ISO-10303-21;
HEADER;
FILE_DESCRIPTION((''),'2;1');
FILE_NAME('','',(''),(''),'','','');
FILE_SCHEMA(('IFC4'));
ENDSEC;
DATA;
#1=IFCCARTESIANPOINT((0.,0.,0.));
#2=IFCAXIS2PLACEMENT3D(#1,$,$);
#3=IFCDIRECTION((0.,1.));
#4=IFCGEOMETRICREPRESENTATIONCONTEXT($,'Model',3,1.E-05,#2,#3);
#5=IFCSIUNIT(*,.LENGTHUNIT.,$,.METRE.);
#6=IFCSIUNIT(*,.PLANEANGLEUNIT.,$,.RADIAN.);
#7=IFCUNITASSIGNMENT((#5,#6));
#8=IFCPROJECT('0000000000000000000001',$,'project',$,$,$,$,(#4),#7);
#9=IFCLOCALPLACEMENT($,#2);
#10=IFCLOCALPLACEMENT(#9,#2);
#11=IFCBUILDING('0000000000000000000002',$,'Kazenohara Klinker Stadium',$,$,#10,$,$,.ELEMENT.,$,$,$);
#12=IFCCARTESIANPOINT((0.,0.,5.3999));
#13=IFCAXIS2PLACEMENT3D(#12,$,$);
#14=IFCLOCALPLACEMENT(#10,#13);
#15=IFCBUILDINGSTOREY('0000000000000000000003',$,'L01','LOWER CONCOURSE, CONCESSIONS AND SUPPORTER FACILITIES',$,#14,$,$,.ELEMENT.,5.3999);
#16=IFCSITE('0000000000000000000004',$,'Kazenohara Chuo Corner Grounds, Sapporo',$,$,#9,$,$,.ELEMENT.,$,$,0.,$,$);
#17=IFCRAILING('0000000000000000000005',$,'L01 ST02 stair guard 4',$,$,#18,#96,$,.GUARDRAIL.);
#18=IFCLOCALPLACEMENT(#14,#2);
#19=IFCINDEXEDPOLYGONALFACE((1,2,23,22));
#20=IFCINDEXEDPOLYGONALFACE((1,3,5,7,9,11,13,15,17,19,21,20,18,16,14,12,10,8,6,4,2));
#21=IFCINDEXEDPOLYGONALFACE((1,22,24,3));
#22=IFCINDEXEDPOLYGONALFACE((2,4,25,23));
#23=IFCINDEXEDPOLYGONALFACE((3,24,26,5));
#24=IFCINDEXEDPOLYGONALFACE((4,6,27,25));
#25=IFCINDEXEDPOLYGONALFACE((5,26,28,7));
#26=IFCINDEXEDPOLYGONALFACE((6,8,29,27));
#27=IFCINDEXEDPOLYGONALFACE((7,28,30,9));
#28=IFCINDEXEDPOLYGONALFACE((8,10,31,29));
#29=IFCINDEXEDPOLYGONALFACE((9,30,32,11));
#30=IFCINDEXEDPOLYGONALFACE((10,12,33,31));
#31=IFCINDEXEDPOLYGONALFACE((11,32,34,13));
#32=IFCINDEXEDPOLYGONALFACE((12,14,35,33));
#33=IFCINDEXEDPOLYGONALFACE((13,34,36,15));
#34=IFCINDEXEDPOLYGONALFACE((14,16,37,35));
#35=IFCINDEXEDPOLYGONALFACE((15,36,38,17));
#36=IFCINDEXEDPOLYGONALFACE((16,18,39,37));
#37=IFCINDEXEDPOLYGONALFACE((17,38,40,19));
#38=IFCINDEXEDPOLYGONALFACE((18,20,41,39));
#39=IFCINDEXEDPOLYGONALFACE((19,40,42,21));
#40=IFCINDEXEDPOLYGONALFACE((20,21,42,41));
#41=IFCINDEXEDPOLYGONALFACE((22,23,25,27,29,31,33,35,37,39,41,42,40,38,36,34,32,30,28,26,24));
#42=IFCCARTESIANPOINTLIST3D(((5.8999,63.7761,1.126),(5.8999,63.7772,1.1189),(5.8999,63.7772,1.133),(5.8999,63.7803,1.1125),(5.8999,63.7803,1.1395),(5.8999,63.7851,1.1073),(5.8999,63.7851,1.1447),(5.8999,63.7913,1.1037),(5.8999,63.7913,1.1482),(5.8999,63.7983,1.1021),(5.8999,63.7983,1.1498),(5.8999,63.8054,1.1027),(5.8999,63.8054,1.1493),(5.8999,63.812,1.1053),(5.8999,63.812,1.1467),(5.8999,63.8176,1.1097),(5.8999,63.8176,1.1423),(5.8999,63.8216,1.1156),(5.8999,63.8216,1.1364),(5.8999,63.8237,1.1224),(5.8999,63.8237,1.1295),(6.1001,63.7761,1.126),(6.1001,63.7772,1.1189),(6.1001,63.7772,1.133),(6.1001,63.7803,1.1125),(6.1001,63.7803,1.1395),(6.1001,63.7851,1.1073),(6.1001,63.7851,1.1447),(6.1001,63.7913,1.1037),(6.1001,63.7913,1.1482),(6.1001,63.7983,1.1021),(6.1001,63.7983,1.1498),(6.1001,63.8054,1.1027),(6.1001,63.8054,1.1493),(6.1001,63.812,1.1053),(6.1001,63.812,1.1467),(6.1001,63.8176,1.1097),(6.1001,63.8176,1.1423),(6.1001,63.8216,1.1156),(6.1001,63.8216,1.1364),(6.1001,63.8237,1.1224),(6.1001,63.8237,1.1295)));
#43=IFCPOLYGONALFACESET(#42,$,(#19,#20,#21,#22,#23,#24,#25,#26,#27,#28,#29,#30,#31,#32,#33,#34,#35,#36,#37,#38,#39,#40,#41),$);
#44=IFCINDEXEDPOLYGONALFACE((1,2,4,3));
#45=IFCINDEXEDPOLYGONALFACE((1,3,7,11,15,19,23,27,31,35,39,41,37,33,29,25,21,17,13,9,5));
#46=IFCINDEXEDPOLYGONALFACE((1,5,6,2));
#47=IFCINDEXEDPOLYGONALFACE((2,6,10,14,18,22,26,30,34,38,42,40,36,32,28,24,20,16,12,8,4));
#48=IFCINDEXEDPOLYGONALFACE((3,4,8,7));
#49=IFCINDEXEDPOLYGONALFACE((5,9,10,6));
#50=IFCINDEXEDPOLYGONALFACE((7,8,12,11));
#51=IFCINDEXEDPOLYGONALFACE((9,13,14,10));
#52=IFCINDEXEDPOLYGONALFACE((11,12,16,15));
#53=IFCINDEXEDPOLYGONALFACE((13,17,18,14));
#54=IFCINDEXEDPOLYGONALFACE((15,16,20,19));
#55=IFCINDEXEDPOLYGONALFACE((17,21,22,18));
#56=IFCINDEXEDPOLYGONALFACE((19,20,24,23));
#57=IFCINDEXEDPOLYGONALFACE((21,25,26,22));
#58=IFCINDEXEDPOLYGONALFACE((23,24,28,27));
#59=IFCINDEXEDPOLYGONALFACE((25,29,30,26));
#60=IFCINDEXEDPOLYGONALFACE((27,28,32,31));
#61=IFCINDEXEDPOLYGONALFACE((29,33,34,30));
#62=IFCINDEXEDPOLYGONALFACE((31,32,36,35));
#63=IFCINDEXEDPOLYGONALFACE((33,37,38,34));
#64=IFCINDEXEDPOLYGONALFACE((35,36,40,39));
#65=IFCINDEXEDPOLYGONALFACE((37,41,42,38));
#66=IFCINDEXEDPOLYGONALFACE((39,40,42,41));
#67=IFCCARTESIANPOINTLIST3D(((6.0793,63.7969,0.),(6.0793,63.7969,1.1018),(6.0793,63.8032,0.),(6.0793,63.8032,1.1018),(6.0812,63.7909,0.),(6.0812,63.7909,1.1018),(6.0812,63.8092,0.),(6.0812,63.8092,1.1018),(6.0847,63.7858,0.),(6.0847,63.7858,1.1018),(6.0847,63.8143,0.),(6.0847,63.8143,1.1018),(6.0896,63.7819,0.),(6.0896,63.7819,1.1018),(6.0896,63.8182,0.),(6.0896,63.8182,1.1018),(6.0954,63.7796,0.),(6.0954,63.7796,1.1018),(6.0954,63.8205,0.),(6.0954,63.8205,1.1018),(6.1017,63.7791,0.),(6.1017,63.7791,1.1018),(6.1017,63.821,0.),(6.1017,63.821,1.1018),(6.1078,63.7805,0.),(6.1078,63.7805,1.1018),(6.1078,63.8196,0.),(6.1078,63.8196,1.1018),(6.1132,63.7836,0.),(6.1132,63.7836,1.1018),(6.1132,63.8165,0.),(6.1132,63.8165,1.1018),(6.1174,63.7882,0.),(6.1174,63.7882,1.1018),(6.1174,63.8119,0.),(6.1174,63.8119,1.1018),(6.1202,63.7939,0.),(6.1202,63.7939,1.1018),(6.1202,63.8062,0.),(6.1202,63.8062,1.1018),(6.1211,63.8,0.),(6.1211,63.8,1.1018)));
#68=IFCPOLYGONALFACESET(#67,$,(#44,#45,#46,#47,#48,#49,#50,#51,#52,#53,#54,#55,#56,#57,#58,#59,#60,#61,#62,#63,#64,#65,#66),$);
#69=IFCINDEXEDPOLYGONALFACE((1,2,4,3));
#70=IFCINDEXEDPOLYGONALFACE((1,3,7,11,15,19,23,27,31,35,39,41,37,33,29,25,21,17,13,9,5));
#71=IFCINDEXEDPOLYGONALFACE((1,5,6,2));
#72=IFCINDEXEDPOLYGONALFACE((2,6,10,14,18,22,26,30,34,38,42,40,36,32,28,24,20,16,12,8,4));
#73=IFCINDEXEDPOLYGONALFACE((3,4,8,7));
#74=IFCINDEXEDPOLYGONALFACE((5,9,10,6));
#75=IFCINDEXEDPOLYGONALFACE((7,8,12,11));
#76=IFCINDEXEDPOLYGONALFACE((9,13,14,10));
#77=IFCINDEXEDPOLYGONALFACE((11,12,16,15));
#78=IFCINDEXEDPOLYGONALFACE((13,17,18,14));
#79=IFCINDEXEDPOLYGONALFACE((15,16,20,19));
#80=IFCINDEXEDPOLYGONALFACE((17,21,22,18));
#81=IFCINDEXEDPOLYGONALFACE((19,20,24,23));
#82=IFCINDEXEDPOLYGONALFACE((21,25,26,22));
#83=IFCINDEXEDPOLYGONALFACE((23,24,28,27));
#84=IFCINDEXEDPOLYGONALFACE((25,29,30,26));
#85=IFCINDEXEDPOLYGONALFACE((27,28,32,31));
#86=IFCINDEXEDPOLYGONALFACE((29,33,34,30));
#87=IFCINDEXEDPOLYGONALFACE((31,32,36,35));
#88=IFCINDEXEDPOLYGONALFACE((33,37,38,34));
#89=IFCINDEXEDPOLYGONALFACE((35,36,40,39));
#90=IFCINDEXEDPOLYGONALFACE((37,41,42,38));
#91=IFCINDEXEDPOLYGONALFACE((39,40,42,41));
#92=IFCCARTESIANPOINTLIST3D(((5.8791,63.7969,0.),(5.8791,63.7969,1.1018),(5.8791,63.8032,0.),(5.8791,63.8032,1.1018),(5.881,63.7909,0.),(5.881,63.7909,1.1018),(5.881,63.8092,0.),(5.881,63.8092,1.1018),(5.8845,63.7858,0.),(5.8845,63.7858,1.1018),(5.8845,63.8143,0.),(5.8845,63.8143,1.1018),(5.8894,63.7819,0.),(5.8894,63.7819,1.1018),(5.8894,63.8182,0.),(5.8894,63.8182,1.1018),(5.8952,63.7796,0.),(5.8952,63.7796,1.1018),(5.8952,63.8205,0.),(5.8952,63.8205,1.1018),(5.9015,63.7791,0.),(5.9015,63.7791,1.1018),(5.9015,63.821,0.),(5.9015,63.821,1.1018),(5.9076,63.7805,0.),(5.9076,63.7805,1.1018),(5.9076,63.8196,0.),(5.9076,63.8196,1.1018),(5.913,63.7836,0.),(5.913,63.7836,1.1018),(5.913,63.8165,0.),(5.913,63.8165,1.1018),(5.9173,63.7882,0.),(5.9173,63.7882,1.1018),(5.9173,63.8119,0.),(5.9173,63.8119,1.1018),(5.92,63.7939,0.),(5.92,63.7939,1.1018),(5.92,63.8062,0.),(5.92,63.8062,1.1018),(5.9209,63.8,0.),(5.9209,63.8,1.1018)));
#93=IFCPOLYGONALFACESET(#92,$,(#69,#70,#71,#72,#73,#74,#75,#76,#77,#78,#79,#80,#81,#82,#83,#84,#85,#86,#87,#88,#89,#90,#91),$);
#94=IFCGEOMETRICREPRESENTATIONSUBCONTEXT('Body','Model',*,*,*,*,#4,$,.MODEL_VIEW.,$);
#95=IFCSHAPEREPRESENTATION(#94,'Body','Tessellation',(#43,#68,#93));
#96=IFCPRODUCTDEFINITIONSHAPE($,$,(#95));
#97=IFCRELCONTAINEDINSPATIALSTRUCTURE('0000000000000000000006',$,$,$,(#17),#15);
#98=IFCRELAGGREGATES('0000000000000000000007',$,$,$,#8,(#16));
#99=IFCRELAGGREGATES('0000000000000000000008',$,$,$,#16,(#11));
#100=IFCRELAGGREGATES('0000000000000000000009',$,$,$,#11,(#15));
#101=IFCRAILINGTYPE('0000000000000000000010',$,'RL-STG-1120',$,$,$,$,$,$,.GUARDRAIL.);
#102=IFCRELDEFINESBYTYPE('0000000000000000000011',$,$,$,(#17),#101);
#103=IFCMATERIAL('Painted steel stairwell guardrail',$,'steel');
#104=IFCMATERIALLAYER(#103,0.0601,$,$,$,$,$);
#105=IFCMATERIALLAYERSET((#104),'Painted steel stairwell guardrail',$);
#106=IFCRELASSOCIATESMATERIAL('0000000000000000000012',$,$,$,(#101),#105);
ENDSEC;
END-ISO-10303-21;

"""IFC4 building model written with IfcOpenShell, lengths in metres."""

from ifc_helpers import new_model, si_unit, direction, frame, origin, origin_2d, place, context, subcontext, project, spatial, circle, extrude, material, layer, layer_set, type_object, element, save


model = new_model("IFC4")

# Units and contexts
model_context = context("Model", 3, precision=1e-05, world=origin(), true_north=direction((0.0, 1.0)))
body_context = subcontext(model_context, "Body", "Model", "MODEL_VIEW")
ifc_project = project(units=[si_unit("LENGTHUNIT", "METRE"), si_unit("PLANEANGLEUNIT", "RADIAN")], contexts=[model_context])

# Site, building, storey
site_placement = place(None, origin())
site = spatial("IfcSite", under=ifc_project, at=site_placement, Name="Kazenohara Chuo Corner Grounds, Sapporo", CompositionType="ELEMENT", RefElevation=0.0)
building_placement = place(site_placement, origin())
building = spatial("IfcBuilding", under=site, at=building_placement, Name="Kazenohara Klinker Stadium", CompositionType="ELEMENT")
storey_placement = place(building_placement, frame((0.0, 0.0, 5.3999)))
storey = spatial("IfcBuildingStorey", under=building, at=storey_placement, Name="L01", Description="LOWER CONCOURSE, CONCESSIONS AND SUPPORTER FACILITIES", CompositionType="ELEMENT", Elevation=5.3999)

# Railing
ifc_material_1 = material(Name="Painted steel stairwell guardrail", Category="steel")
ifc_layer_1 = layer(ifc_material_1, 0.0601)
ifc_layer_set_1 = layer_set([ifc_layer_1], Name="Painted steel stairwell guardrail")
railing_type_1 = type_object("IfcRailingType", Name="RL-STG-1120", PredefinedType="GUARDRAIL", material=ifc_layer_set_1)
railing_1_placement = place(storey_placement, frame((6.1001, 63.8, 0.0)))
element("IfcRailing", 1, at=railing_1_placement, inside=storey, type_object=railing_type_1, Name="L01 ST02 stair guard 4", PredefinedType="GUARDRAIL", context=body_context, shape_type="SweptSolid", body=[
    extrude(circle(Radius=0.0239, at=origin_2d()), frame((0.0, 0.0, 1.126), z_axis=(-1.0, 0.0, 0.0), x_axis=(0.0, -1.0, 0.0)), (0.0, 0.0, 1.0), 0.2002),
    extrude(circle(Radius=0.021, at=origin_2d()), origin(), (0.0, 0.0, 1.0), 1.1018),
    extrude(circle(Radius=0.021, at=origin_2d()), frame((-0.2002, 0.0, 0.0)), (0.0, 0.0, 1.0), 1.1018),
])

save(model, "model.ifc")
